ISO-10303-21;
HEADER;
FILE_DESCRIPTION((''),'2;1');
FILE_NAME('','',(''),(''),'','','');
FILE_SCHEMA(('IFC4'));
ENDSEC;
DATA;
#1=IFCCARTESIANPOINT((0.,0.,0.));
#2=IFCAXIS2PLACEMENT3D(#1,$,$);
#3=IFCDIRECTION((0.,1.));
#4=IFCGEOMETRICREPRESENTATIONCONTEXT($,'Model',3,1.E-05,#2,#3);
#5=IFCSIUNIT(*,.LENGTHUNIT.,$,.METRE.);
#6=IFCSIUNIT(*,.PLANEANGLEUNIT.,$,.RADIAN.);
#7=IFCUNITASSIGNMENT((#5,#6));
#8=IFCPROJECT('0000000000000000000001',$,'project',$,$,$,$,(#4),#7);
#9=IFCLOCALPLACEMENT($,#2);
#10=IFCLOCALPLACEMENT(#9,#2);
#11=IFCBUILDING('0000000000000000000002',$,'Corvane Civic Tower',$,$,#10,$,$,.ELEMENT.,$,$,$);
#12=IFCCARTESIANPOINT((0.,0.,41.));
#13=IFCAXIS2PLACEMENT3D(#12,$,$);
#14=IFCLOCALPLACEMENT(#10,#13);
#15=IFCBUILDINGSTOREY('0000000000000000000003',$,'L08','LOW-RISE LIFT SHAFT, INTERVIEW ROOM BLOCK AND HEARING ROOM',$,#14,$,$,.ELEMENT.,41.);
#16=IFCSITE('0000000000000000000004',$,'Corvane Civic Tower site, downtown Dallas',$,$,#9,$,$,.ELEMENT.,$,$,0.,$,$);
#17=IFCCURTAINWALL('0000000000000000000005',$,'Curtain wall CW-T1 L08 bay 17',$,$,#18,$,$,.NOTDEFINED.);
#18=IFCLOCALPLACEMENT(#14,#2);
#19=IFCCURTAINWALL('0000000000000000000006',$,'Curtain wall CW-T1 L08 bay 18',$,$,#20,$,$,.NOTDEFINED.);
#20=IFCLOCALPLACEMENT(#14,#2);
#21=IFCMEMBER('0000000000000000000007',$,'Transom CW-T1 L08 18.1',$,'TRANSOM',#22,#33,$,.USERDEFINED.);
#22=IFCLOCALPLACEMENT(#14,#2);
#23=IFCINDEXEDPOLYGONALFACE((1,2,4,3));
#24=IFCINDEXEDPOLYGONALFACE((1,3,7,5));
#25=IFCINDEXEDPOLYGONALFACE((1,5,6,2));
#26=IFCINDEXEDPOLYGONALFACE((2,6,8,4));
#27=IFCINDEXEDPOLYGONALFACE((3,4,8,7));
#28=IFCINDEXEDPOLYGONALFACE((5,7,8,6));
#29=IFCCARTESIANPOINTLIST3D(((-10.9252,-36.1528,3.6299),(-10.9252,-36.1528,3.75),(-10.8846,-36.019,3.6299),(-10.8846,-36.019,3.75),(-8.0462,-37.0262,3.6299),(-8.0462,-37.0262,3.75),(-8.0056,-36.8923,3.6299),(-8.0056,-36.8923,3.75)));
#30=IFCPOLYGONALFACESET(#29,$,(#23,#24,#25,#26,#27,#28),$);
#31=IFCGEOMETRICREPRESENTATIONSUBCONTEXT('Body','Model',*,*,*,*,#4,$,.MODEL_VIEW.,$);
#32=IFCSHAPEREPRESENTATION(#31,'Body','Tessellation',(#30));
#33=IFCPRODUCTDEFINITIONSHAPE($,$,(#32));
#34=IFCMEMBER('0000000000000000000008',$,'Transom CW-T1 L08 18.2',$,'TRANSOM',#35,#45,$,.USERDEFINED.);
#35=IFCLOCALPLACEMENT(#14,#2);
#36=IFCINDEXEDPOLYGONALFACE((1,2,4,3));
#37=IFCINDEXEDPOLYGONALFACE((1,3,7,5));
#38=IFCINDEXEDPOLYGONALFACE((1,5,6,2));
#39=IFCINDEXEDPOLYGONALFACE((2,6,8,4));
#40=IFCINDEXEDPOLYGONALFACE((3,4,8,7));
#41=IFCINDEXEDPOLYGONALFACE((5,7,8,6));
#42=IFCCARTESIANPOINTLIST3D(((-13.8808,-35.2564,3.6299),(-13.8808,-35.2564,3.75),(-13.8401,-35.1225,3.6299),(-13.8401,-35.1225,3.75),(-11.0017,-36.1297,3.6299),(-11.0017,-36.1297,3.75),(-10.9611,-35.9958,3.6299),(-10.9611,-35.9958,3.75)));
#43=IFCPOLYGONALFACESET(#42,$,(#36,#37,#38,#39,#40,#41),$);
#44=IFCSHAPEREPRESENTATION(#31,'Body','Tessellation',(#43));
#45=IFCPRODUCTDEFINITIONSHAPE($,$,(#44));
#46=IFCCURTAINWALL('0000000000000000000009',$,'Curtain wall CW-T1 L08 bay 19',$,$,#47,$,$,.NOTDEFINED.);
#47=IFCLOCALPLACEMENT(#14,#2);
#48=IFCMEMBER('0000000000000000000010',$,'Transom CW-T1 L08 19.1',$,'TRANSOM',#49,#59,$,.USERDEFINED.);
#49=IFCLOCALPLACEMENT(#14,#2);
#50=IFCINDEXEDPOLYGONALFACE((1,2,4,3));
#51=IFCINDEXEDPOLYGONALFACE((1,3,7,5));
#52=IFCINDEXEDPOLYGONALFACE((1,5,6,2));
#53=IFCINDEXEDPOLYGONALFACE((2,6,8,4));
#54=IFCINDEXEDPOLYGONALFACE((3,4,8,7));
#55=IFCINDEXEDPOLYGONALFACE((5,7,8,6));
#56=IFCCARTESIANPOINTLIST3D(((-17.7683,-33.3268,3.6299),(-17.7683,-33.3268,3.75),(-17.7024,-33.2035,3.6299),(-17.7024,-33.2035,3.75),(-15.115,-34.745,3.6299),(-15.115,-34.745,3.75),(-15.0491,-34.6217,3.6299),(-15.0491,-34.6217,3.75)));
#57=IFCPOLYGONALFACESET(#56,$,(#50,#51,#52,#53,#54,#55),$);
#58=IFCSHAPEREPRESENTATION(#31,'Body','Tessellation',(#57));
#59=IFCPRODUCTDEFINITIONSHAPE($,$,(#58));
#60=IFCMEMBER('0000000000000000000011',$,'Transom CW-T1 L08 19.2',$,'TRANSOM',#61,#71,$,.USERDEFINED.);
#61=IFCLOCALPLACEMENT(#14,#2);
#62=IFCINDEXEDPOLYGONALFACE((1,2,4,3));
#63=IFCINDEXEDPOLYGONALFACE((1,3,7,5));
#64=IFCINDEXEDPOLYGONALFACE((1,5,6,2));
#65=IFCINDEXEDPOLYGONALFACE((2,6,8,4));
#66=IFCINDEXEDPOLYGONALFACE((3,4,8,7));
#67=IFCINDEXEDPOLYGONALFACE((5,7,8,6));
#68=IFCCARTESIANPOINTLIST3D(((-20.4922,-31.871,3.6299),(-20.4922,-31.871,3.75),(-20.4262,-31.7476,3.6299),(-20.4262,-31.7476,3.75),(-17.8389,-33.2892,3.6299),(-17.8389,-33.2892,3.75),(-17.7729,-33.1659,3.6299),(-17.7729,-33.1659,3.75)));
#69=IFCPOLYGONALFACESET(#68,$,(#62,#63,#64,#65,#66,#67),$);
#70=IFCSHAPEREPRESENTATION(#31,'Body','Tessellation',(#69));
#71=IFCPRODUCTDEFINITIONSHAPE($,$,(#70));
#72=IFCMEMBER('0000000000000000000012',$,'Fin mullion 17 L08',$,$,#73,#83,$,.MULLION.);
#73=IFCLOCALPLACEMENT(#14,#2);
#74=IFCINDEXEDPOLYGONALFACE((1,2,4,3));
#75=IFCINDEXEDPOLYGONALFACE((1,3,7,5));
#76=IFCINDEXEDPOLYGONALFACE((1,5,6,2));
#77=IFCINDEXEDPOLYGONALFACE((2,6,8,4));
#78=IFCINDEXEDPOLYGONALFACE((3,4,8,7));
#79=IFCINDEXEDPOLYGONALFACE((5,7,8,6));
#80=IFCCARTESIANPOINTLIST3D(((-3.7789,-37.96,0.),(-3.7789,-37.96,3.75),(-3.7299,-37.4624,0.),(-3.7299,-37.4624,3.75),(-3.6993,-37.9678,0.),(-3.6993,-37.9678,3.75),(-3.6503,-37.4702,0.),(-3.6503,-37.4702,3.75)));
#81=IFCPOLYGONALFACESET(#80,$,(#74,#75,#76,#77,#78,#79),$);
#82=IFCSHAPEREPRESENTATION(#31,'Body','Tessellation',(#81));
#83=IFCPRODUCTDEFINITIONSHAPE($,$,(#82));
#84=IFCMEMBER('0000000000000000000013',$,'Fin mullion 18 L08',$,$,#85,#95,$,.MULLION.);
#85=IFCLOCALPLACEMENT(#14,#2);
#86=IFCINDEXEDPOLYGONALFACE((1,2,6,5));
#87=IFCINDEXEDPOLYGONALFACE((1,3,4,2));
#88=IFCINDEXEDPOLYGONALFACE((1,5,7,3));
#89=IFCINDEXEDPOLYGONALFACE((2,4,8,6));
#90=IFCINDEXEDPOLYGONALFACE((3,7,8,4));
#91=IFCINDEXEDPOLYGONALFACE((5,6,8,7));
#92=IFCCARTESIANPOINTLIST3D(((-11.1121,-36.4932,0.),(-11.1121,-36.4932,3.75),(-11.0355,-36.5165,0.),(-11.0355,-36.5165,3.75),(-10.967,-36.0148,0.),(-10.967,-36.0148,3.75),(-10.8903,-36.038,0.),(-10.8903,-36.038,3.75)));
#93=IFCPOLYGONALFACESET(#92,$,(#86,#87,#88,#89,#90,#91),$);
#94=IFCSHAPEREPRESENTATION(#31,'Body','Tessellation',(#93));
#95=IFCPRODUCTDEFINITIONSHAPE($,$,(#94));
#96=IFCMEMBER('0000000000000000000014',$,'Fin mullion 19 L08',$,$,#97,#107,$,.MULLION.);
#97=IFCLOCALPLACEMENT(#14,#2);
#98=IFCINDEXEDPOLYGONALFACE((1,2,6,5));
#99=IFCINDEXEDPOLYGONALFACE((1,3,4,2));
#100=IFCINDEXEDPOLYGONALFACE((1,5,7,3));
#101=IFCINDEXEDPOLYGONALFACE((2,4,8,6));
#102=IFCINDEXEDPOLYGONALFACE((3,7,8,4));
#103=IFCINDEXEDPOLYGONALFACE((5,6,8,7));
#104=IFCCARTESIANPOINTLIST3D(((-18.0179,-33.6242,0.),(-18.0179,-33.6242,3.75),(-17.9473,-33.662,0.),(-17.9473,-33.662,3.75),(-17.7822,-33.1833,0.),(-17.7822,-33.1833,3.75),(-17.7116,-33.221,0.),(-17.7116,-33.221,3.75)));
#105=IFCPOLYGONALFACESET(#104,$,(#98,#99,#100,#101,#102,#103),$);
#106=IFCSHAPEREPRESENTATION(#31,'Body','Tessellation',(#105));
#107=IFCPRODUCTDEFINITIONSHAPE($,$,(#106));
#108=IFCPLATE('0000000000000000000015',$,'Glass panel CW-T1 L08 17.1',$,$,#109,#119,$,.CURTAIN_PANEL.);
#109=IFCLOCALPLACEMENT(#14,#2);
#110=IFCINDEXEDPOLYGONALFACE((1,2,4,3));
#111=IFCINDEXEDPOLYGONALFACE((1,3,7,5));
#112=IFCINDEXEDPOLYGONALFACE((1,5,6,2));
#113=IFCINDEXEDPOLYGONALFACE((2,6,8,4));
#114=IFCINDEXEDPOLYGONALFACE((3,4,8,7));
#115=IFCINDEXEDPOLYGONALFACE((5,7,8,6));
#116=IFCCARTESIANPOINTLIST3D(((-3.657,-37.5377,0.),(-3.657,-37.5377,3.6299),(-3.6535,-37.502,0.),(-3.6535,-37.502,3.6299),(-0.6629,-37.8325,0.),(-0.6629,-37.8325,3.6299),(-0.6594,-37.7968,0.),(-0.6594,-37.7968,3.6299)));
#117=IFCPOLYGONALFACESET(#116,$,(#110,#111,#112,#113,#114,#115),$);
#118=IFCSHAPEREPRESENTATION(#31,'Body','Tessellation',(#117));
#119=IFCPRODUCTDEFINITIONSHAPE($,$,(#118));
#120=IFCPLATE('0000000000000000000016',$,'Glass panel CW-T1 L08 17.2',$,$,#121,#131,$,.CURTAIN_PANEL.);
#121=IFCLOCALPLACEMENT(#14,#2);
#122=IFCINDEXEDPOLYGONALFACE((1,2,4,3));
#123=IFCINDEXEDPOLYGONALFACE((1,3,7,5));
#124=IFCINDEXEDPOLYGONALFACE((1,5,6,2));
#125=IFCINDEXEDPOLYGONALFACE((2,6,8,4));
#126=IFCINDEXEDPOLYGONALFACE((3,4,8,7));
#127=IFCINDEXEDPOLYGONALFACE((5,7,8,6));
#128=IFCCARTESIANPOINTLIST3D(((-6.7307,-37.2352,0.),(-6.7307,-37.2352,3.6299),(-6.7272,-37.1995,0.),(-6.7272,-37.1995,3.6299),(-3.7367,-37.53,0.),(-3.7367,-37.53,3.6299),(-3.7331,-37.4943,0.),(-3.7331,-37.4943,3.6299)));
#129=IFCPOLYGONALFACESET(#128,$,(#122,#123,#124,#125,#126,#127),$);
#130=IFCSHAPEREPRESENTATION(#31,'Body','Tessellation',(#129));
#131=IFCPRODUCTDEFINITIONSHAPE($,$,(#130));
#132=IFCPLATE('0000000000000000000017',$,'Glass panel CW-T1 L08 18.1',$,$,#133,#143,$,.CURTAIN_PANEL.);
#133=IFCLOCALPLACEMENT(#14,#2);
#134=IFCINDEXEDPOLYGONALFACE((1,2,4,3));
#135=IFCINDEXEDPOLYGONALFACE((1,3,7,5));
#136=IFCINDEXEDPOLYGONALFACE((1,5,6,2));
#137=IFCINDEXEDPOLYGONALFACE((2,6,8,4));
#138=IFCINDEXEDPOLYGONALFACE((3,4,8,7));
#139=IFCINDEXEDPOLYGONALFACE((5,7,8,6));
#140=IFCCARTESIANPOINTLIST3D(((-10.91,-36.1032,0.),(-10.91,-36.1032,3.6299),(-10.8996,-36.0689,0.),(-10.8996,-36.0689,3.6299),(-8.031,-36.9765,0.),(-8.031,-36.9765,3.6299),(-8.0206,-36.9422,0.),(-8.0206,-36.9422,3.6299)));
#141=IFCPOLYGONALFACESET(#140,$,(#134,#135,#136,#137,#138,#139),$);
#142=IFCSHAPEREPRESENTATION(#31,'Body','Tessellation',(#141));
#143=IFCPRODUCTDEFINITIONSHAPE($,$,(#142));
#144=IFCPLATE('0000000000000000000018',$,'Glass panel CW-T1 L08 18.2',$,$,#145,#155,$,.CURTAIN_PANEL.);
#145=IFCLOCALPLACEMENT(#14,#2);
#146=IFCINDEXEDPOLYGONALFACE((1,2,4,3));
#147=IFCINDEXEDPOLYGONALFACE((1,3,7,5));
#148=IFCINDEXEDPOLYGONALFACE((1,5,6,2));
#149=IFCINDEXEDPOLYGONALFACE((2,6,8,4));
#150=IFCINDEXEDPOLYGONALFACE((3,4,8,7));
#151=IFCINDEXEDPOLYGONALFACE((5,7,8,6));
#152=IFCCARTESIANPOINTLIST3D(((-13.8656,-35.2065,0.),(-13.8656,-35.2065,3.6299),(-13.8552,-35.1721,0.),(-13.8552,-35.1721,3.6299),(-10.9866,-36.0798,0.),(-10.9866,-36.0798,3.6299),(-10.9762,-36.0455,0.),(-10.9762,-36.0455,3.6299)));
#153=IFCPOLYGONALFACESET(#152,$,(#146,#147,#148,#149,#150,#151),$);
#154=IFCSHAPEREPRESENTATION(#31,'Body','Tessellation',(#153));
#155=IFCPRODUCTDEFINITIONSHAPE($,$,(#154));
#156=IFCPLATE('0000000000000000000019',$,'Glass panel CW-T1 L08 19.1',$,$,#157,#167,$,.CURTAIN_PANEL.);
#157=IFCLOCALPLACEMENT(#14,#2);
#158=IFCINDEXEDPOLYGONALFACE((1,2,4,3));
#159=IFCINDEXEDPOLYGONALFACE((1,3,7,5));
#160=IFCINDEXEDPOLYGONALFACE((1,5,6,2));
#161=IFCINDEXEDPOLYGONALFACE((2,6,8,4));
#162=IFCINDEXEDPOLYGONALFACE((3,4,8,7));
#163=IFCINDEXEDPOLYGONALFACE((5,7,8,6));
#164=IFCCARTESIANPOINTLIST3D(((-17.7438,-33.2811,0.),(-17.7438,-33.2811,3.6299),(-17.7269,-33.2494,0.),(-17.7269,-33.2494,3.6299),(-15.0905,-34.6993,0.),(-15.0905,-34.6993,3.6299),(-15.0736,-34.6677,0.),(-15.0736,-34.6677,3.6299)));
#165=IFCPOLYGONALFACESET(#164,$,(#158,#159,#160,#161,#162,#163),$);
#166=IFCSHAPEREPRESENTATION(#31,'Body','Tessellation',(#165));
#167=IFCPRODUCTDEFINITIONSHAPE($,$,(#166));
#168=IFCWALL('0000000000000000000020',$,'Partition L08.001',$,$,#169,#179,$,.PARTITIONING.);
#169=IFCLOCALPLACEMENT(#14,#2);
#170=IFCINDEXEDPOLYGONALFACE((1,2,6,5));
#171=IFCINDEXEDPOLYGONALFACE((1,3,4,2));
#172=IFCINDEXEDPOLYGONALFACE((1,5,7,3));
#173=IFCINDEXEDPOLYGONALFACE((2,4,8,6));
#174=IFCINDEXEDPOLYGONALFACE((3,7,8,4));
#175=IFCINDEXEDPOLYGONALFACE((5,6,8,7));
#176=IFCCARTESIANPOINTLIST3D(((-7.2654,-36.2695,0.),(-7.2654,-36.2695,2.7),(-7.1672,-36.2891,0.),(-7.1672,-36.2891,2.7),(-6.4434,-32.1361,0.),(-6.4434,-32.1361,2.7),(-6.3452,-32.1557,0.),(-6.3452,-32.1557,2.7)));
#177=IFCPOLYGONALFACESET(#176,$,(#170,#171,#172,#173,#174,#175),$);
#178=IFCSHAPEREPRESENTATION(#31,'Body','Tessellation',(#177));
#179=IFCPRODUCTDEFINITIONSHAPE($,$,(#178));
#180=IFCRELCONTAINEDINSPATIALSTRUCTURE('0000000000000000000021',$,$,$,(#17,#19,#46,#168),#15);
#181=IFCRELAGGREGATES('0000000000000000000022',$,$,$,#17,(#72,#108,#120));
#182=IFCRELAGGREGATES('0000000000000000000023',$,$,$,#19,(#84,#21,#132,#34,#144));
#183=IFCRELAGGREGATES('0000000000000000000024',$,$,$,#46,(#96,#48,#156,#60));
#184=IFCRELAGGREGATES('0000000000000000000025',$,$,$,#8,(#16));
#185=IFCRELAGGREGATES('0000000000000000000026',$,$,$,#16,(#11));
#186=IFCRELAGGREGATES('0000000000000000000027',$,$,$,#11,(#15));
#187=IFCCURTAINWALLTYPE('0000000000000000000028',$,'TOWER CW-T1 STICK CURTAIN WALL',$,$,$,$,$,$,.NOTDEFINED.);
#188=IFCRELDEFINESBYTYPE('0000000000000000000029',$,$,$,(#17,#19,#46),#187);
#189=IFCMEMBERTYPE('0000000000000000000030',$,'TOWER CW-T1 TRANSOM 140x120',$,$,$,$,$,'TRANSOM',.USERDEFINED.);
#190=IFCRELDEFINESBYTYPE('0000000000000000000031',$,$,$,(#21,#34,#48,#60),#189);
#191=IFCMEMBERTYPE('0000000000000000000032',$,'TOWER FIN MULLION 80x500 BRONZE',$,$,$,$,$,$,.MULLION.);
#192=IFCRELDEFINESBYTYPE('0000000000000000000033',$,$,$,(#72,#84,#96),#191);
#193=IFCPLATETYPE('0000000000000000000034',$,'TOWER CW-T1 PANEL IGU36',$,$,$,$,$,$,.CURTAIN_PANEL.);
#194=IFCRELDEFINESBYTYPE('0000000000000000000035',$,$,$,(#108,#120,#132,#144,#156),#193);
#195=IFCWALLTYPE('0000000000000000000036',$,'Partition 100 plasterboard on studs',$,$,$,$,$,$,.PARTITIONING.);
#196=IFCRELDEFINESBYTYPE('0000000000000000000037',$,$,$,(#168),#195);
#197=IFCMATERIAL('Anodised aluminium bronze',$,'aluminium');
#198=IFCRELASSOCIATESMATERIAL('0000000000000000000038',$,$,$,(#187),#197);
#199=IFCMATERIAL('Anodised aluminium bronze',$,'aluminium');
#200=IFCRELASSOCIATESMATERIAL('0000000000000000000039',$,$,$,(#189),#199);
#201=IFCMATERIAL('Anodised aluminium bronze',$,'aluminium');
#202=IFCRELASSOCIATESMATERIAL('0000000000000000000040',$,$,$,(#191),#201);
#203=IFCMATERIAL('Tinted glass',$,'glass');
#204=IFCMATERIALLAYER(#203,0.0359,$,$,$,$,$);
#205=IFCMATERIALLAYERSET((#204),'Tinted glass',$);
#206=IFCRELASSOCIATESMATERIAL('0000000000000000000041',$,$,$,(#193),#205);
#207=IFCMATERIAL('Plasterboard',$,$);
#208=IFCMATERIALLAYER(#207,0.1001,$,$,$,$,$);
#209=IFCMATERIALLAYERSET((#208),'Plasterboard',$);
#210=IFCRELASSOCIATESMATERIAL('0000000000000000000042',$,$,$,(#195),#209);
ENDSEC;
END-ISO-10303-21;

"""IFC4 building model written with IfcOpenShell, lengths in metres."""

from ifc_helpers import new_model, si_unit, direction, frame, frame_2d, origin, origin_2d, place, context, subcontext, project, spatial, rectangle, extrude, material, layer, layer_set, material_profile, profile_set, type_object, element, aggregate, save


model = new_model("IFC4")

# Units and contexts
model_context = context("Model", 3, precision=1e-05, world=origin(), true_north=direction((0.0, 1.0)))
body_context = subcontext(model_context, "Body", "Model", "MODEL_VIEW")
ifc_project = project(units=[si_unit("LENGTHUNIT", "METRE"), si_unit("PLANEANGLEUNIT", "RADIAN")], contexts=[model_context])

# Site, building, storey
site_placement = place(None, origin())
site = spatial("IfcSite", under=ifc_project, at=site_placement, Name="Corvane Civic Tower site, downtown Dallas", CompositionType="ELEMENT", RefElevation=0.0)
building_placement = place(site_placement, origin())
building = spatial("IfcBuilding", under=site, at=building_placement, Name="Corvane Civic Tower", CompositionType="ELEMENT")
storey_placement = place(building_placement, frame((0.0, 0.0, 41.0)))
storey = spatial("IfcBuildingStorey", under=building, at=storey_placement, Name="L08", Description="LOW-RISE LIFT SHAFT, INTERVIEW ROOM BLOCK AND HEARING ROOM", CompositionType="ELEMENT", Elevation=41.0)

# Curtain walls, members
ifc_material_1 = material(Name="Anodised aluminium bronze", Category="aluminium")
curtain_wall_type = type_object("IfcCurtainWallType", Name="TOWER CW-T1 STICK CURTAIN WALL", PredefinedType="NOTDEFINED", material=ifc_material_1)
curtain_wall_1_placement = place(storey_placement, origin())
curtain_wall_1 = element("IfcCurtainWall", 1, at=curtain_wall_1_placement, inside=storey, type_object=curtain_wall_type, Name="Curtain wall CW-T1 L08 bay 17", PredefinedType="NOTDEFINED")
ifc_material_2 = material(Name="Anodised aluminium bronze", Category="aluminium")
ifc_material_profile_1 = material_profile(ifc_material_2, rectangle(XDim=0.1399, YDim=0.1201, at=origin_2d()), Name="TOWER CW-T1 TRANSOM 140x120")
ifc_profile_set_1 = profile_set([ifc_material_profile_1], Name="Anodised aluminium bronze")
member_type_1 = type_object("IfcMemberType", Name="TOWER CW-T1 TRANSOM 140x120", ElementType="TRANSOM", PredefinedType="USERDEFINED", material=ifc_profile_set_1)
curtain_wall_2_placement = place(storey_placement, origin())
curtain_wall_2 = element("IfcCurtainWall", 2, at=curtain_wall_2_placement, inside=storey, type_object=curtain_wall_type, Name="Curtain wall CW-T1 L08 bay 18", PredefinedType="NOTDEFINED")
member_1_placement = place(storey_placement, frame((-8.0259, -36.9592, 3.6899), z_axis=(-0.956942, 0.29028, 0.0), x_axis=(-0.29028, -0.956942, 0.0)))
member_1 = element("IfcMember", 3, at=member_1_placement, type_object=member_type_1, Name="Transom CW-T1 L08 18.1", ObjectType="TRANSOM", PredefinedType="USERDEFINED", context=body_context, shape_type="SweptSolid", body=[
    extrude(rectangle(XDim=0.1399, YDim=0.1201, at=origin_2d()), origin(), (0.0, 0.0, 1.0), 3.0085),
])
member_2_placement = place(storey_placement, frame((-10.9814, -36.0627, 3.6899), z_axis=(-0.956942, 0.29028, 0.0), x_axis=(-0.29028, -0.956942, 0.0)))
member_2 = element("IfcMember", 4, at=member_2_placement, type_object=member_type_1, Name="Transom CW-T1 L08 18.2", ObjectType="TRANSOM", PredefinedType="USERDEFINED", context=body_context, shape_type="SweptSolid", body=[
    extrude(rectangle(XDim=0.1399, YDim=0.1201, at=origin_2d()), origin(), (0.0, 0.0, 1.0), 3.0085),
])
curtain_wall_3_placement = place(storey_placement, origin())
curtain_wall_3 = element("IfcCurtainWall", 5, at=curtain_wall_3_placement, inside=storey, type_object=curtain_wall_type, Name="Curtain wall CW-T1 L08 bay 19", PredefinedType="NOTDEFINED")
member_3_placement = place(storey_placement, frame((-15.082, -34.6833, 3.6899), z_axis=(-0.881924, 0.471393, 0.0), x_axis=(-0.471393, -0.881924, 0.0)))
member_3 = element("IfcMember", 6, at=member_3_placement, type_object=member_type_1, Name="Transom CW-T1 L08 19.1", ObjectType="TRANSOM", PredefinedType="USERDEFINED", context=body_context, shape_type="SweptSolid", body=[
    extrude(rectangle(XDim=0.1399, YDim=0.1201, at=origin_2d()), origin(), (0.0, 0.0, 1.0), 3.0085),
])
member_4_placement = place(storey_placement, frame((-17.8059, -33.2275, 3.6899), z_axis=(-0.881924, 0.471393, 0.0), x_axis=(-0.471393, -0.881924, 0.0)))
member_4 = element("IfcMember", 7, at=member_4_placement, type_object=member_type_1, Name="Transom CW-T1 L08 19.2", ObjectType="TRANSOM", PredefinedType="USERDEFINED", context=body_context, shape_type="SweptSolid", body=[
    extrude(rectangle(XDim=0.1399, YDim=0.1201, at=origin_2d()), origin(), (0.0, 0.0, 1.0), 3.0085),
])

# Members
ifc_material_3 = material(Name="Anodised aluminium bronze", Category="aluminium")
ifc_material_profile_2 = material_profile(ifc_material_3, rectangle(XDim=0.0801, YDim=0.5, at=origin_2d()), Name="TOWER FIN MULLION 80x500 BRONZE")
ifc_profile_set_2 = profile_set([ifc_material_profile_2], Name="Anodised aluminium bronze")
member_type_2 = type_object("IfcMemberType", Name="TOWER FIN MULLION 80x500 BRONZE", PredefinedType="MULLION", material=ifc_profile_set_2)
member_5_placement = place(storey_placement, frame((-3.7146, -37.7151, 0.0), z_axis=(0.0, 0.0, 1.0), x_axis=(-0.995186, 0.098006, 0.0)))
member_5 = element("IfcMember", 8, at=member_5_placement, type_object=member_type_2, Name="Fin mullion 17 L08", PredefinedType="MULLION", context=body_context, shape_type="SweptSolid", body=[
    extrude(rectangle(XDim=0.0801, YDim=0.5, at=origin_2d()), origin(), (0.0, 0.0, 1.0), 3.75),
])
member_6_placement = place(storey_placement, frame((-11.0012, -36.2656, 0.0), z_axis=(0.0, 0.0, 1.0), x_axis=(-0.956942, 0.290278, 0.0)))
member_6 = element("IfcMember", 9, at=member_6_placement, type_object=member_type_2, Name="Fin mullion 18 L08", PredefinedType="MULLION", context=body_context, shape_type="SweptSolid", body=[
    extrude(rectangle(XDim=0.0801, YDim=0.5, at=origin_2d()), origin(), (0.0, 0.0, 1.0), 3.75),
])
member_7_placement = place(storey_placement, frame((-17.8647, -33.4226, 0.0), z_axis=(0.0, 0.0, 1.0), x_axis=(-0.881918, 0.471404, 0.0)))
member_7 = element("IfcMember", 10, at=member_7_placement, type_object=member_type_2, Name="Fin mullion 19 L08", PredefinedType="MULLION", context=body_context, shape_type="SweptSolid", body=[
    extrude(rectangle(XDim=0.0801, YDim=0.5, at=origin_2d()), origin(), (0.0, 0.0, 1.0), 3.75),
])

# Plates
ifc_material_4 = material(Name="Tinted glass", Category="glass")
ifc_layer_1 = layer(ifc_material_4, 0.0359)
ifc_layer_set_1 = layer_set([ifc_layer_1], Name="Tinted glass")
plate_type = type_object("IfcPlateType", Name="TOWER CW-T1 PANEL IGU36", PredefinedType="CURTAIN_PANEL", material=ifc_layer_set_1)
plate_1_placement = place(storey_placement, frame((-2.1582, -37.6672, 0.0), z_axis=(0.0, 0.0, 1.0), x_axis=(-0.995186, 0.098006, 0.0)))
plate_1 = element("IfcPlate", 11, at=plate_1_placement, type_object=plate_type, Name="Glass panel CW-T1 L08 17.1", PredefinedType="CURTAIN_PANEL", context=body_context, shape_type="SweptSolid", body=[
    extrude(rectangle(XDim=3.0085, YDim=0.0359, at=origin_2d()), origin(), (0.0, 0.0, 1.0), 3.6299),
])
plate_2_placement = place(storey_placement, frame((-5.2319, -37.3647, 0.0), z_axis=(0.0, 0.0, 1.0), x_axis=(-0.995186, 0.098006, 0.0)))
plate_2 = element("IfcPlate", 12, at=plate_2_placement, type_object=plate_type, Name="Glass panel CW-T1 L08 17.2", PredefinedType="CURTAIN_PANEL", context=body_context, shape_type="SweptSolid", body=[
    extrude(rectangle(XDim=3.0085, YDim=0.0359, at=origin_2d()), origin(), (0.0, 0.0, 1.0), 3.6299),
])
aggregate(curtain_wall_1, [member_5, plate_1, plate_2])
plate_3_placement = place(storey_placement, frame((-9.4653, -36.5227, 0.0), z_axis=(0.0, 0.0, 1.0), x_axis=(-0.956942, 0.290278, 0.0)))
plate_3 = element("IfcPlate", 13, at=plate_3_placement, type_object=plate_type, Name="Glass panel CW-T1 L08 18.1", PredefinedType="CURTAIN_PANEL", context=body_context, shape_type="SweptSolid", body=[
    extrude(rectangle(XDim=3.0085, YDim=0.0359, at=origin_2d()), origin(), (0.0, 0.0, 1.0), 3.6299),
])
plate_4_placement = place(storey_placement, frame((-12.4209, -35.626, 0.0), z_axis=(0.0, 0.0, 1.0), x_axis=(-0.956942, 0.290278, 0.0)))
plate_4 = element("IfcPlate", 14, at=plate_4_placement, type_object=plate_type, Name="Glass panel CW-T1 L08 18.2", PredefinedType="CURTAIN_PANEL", context=body_context, shape_type="SweptSolid", body=[
    extrude(rectangle(XDim=3.0085, YDim=0.0359, at=origin_2d()), origin(), (0.0, 0.0, 1.0), 3.6299),
])
aggregate(curtain_wall_2, [member_6, member_1, plate_3, member_2, plate_4])
plate_5_placement = place(storey_placement, frame((-16.4087, -33.9744, 0.0), z_axis=(0.0, 0.0, 1.0), x_axis=(-0.881918, 0.471404, 0.0)))
plate_5 = element("IfcPlate", 15, at=plate_5_placement, type_object=plate_type, Name="Glass panel CW-T1 L08 19.1", PredefinedType="CURTAIN_PANEL", context=body_context, shape_type="SweptSolid", body=[
    extrude(rectangle(XDim=3.0085, YDim=0.0359, at=origin_2d()), origin(), (0.0, 0.0, 1.0), 3.6299),
])
aggregate(curtain_wall_3, [member_7, member_3, plate_5, member_4])

# Wall
ifc_material_5 = material(Name="Plasterboard")
ifc_layer_2 = layer(ifc_material_5, 0.1001)
ifc_layer_set_2 = layer_set([ifc_layer_2], Name="Plasterboard")
wall_type = type_object("IfcWallType", Name="Partition 100 plasterboard on studs", PredefinedType="PARTITIONING", material=ifc_layer_set_2)
wall_1_placement = place(storey_placement, frame((-7.2163, -36.2793, 0.0), z_axis=(0.0, 0.0, 1.0), x_axis=(0.195058, 0.980792, 0.0)))
element("IfcWall", 16, at=wall_1_placement, inside=storey, type_object=wall_type, Name="Partition L08.001", PredefinedType="PARTITIONING", context=body_context, shape_type="SweptSolid", body=[
    extrude(rectangle(XDim=4.2144, YDim=0.1001, at=frame_2d((2.1072, 0.0))), origin(), (0.0, 0.0, 1.0), 2.7),
])

save(model, "model.ifc")
